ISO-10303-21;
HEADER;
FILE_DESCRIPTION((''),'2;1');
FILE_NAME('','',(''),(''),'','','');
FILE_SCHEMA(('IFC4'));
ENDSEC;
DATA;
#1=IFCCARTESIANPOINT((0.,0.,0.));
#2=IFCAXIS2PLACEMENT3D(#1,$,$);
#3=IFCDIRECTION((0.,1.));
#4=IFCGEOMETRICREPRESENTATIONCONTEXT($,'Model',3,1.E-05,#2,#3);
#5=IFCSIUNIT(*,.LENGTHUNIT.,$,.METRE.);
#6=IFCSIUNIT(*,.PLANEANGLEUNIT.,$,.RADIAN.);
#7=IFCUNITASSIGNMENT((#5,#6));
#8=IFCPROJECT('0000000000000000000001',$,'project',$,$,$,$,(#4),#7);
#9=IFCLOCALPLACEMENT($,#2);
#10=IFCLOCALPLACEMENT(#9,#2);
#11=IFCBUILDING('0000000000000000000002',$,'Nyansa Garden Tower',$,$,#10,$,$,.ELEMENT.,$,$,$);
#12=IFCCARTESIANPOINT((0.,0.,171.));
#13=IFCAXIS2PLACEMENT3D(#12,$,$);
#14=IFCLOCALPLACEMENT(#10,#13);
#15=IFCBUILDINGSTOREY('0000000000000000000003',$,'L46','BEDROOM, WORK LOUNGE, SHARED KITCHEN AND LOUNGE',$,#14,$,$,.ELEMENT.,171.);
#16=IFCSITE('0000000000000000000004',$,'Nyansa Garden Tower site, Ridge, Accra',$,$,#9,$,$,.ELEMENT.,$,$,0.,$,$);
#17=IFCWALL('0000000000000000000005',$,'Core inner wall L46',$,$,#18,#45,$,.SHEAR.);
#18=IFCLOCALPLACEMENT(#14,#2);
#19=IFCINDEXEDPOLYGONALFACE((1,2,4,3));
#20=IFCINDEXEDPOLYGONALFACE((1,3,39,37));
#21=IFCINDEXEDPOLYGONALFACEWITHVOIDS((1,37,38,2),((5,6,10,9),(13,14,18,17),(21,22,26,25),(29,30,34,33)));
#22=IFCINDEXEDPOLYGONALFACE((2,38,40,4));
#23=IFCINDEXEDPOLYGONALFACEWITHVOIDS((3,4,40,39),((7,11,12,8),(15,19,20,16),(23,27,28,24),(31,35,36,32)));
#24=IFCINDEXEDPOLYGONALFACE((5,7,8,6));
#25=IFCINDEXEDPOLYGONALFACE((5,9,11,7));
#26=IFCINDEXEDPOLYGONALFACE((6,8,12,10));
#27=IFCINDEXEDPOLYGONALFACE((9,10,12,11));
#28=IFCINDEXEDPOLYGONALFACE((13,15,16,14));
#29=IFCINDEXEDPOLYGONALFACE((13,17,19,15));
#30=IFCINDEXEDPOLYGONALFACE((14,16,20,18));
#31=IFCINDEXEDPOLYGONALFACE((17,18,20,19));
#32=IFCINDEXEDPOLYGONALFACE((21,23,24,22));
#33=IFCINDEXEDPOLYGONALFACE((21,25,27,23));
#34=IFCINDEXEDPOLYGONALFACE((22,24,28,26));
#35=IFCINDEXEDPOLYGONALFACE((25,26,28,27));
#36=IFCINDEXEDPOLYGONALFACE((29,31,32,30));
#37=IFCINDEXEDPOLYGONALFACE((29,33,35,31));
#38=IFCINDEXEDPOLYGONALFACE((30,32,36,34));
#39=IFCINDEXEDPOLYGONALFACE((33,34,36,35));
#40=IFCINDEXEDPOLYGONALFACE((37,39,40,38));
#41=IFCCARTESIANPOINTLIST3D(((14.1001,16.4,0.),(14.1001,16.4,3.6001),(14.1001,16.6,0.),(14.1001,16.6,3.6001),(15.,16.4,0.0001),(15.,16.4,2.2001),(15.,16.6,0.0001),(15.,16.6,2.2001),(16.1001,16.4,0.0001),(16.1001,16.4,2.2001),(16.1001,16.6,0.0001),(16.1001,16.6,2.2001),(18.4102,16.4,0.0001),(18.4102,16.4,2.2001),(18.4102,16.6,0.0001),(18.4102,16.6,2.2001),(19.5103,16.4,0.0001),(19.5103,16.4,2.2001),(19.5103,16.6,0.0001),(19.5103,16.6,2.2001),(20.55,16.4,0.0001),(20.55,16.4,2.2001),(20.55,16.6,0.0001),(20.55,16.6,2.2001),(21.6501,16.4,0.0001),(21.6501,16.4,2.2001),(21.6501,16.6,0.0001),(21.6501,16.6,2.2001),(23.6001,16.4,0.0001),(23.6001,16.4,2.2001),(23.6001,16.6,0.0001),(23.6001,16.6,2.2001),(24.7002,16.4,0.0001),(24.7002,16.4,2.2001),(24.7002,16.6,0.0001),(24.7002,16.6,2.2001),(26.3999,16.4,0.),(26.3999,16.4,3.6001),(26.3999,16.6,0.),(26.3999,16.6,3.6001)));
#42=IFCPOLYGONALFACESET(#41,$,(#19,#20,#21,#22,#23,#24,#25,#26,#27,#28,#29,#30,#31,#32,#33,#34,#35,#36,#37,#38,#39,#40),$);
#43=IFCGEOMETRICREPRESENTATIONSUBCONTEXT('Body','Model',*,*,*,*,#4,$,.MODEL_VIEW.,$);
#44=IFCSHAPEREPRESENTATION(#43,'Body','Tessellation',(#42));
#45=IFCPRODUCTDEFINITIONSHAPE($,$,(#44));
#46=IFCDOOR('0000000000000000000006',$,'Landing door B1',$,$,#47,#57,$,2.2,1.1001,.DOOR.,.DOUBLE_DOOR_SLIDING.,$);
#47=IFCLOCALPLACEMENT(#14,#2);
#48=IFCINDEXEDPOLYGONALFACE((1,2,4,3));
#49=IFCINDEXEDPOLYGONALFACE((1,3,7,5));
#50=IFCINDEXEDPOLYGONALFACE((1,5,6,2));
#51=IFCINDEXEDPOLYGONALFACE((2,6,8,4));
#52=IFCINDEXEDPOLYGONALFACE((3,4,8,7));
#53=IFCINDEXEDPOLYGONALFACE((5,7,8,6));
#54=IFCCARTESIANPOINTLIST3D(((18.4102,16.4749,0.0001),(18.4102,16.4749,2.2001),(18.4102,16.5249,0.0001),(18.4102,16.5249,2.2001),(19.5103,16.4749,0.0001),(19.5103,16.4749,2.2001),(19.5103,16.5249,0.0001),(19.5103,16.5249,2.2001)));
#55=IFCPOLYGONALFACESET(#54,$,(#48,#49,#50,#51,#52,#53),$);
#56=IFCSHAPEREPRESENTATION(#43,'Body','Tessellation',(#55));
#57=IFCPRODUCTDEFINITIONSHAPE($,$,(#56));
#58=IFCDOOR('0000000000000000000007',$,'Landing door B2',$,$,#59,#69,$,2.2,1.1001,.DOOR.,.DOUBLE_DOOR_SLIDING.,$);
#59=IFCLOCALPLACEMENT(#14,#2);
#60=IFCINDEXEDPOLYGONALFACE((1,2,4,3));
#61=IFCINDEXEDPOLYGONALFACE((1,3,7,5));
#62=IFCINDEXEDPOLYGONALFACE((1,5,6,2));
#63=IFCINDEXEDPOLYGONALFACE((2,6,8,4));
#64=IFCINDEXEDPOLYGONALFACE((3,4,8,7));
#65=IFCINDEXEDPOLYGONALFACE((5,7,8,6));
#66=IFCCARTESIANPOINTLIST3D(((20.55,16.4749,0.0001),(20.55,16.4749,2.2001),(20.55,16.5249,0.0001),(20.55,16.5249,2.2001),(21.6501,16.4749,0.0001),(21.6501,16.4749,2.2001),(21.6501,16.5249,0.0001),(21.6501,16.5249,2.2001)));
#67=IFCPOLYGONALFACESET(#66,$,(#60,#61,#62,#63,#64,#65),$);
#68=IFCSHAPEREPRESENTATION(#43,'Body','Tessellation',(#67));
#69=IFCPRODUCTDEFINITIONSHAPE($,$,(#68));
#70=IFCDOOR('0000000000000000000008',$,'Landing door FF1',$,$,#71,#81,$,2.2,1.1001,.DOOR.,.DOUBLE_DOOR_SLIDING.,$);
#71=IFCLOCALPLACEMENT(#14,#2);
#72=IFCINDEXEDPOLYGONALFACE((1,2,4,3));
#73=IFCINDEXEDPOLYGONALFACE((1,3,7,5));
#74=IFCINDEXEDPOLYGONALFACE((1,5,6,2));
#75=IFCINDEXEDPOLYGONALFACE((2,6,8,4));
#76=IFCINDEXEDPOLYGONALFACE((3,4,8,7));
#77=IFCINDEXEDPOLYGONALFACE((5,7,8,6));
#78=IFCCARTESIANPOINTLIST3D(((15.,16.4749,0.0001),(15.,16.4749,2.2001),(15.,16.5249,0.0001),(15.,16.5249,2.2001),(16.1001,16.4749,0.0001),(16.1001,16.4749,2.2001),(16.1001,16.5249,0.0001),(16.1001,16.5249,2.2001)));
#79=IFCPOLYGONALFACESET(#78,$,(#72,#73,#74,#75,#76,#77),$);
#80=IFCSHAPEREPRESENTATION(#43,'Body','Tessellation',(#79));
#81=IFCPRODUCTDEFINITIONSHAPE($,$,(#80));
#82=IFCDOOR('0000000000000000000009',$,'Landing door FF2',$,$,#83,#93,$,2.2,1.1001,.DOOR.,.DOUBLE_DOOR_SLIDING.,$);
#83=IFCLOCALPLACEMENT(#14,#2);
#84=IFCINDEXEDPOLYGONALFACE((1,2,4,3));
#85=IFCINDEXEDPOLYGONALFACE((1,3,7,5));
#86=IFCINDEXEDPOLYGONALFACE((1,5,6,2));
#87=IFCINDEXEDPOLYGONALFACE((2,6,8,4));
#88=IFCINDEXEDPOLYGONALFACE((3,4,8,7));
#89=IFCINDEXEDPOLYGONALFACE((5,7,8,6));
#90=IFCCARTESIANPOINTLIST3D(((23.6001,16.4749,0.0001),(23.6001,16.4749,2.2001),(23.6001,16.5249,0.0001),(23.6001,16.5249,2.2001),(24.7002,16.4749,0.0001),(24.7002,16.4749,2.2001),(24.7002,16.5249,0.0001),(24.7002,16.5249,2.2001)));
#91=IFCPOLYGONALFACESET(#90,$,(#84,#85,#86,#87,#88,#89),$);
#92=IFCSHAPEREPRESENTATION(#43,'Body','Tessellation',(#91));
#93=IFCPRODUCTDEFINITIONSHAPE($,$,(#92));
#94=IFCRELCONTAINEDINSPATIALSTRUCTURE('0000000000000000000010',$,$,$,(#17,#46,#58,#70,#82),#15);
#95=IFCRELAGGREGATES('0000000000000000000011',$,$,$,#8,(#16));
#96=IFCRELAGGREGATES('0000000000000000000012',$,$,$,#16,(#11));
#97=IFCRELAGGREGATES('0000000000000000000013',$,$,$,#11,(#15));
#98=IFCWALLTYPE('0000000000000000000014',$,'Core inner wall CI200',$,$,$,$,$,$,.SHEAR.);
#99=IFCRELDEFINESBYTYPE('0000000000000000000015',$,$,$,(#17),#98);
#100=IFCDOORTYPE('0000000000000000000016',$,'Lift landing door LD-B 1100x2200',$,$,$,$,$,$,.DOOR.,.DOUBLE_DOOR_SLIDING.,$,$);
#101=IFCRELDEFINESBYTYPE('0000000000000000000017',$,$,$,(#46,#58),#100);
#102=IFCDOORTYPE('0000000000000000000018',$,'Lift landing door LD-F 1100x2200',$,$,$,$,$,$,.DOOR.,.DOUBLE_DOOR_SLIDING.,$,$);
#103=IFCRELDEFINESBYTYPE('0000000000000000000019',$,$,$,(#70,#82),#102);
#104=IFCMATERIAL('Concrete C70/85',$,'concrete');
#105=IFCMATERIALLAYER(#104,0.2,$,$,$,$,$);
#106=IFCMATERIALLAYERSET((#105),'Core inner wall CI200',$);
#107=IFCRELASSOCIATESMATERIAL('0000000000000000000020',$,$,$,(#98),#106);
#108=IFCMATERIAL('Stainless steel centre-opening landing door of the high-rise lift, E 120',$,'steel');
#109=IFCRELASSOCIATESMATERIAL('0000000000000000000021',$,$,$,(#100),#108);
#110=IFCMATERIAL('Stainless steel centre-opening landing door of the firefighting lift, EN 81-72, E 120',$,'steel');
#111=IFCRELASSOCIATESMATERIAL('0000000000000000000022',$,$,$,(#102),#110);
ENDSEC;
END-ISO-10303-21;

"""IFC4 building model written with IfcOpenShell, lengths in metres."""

from ifc_helpers import new_model, si_unit, direction, frame, frame_2d, origin, place, context, subcontext, project, spatial, rectangle, extrude, material, layer, layer_set, type_object, element, fill, save


model = new_model("IFC4")

# Units and contexts
model_context = context("Model", 3, precision=1e-05, world=origin(), true_north=direction((0.0, 1.0)))
body_context = subcontext(model_context, "Body", "Model", "MODEL_VIEW")
ifc_project = project(units=[si_unit("LENGTHUNIT", "METRE"), si_unit("PLANEANGLEUNIT", "RADIAN")], contexts=[model_context])

# Site, building, storey
site_placement = place(None, origin())
site = spatial("IfcSite", under=ifc_project, at=site_placement, Name="Nyansa Garden Tower site, Ridge, Accra", CompositionType="ELEMENT", RefElevation=0.0)
building_placement = place(site_placement, origin())
building = spatial("IfcBuilding", under=site, at=building_placement, Name="Nyansa Garden Tower", CompositionType="ELEMENT")
storey_placement = place(building_placement, frame((0.0, 0.0, 171.0)))
storey = spatial("IfcBuildingStorey", under=building, at=storey_placement, Name="L46", Description="BEDROOM, WORK LOUNGE, SHARED KITCHEN AND LOUNGE", CompositionType="ELEMENT", Elevation=171.0)

# Wall, openings, doors
ifc_material_1 = material(Name="Concrete C70/85", Category="concrete")
ifc_layer_1 = layer(ifc_material_1, 0.2)
ifc_layer_set_1 = layer_set([ifc_layer_1], Name="Core inner wall CI200")
wall_type_1 = type_object("IfcWallType", Name="Core inner wall CI200", PredefinedType="SHEAR", material=ifc_layer_set_1)
wall_1_placement = place(storey_placement, frame((14.1001, 16.5, 0.0), z_axis=(0.0, 0.0, 1.0), x_axis=(1.0, 0.0, 0.0)))
wall_1 = element("IfcWall", 1, at=wall_1_placement, inside=storey, type_object=wall_type_1, Name="Core inner wall L46", PredefinedType="SHEAR", context=body_context, shape_type="SweptSolid", body=[
    extrude(rectangle(XDim=12.2998, YDim=0.2, at=frame_2d((6.1499, 0.0))), origin(), (0.0, 0.0, 1.0), 3.6001),
])
opening_1_placement = place(wall_1_placement, frame((0.8999, 0.0, 0.0)))
opening_1 = element("IfcOpeningElement", 2, at=opening_1_placement, cuts=wall_1, PredefinedType="OPENING", context=body_context, shape_type="SweptSolid", body=[
    extrude(rectangle(XDim=1.1001, YDim=2.2, at=frame_2d((0.55, 1.1001))), frame((0.0, 0.1099, 0.0), z_axis=(0.0, -1.0, 0.0), x_axis=(1.0, 0.0, 0.0)), (0.0, 0.0, 1.0), 0.22),
])
opening_2_placement = place(wall_1_placement, frame((4.3101, 0.0, 0.0)))
opening_2 = element("IfcOpeningElement", 3, at=opening_2_placement, cuts=wall_1, PredefinedType="OPENING", context=body_context, shape_type="SweptSolid", body=[
    extrude(rectangle(XDim=1.1001, YDim=2.2, at=frame_2d((0.55, 1.1001))), frame((0.0, 0.1099, 0.0), z_axis=(0.0, -1.0, 0.0), x_axis=(1.0, 0.0, 0.0)), (0.0, 0.0, 1.0), 0.22),
])
opening_3_placement = place(wall_1_placement, frame((6.45, 0.0, 0.0)))
opening_3 = element("IfcOpeningElement", 4, at=opening_3_placement, cuts=wall_1, PredefinedType="OPENING", context=body_context, shape_type="SweptSolid", body=[
    extrude(rectangle(XDim=1.1001, YDim=2.2, at=frame_2d((0.55, 1.1001))), frame((0.0, 0.1099, 0.0), z_axis=(0.0, -1.0, 0.0), x_axis=(1.0, 0.0, 0.0)), (0.0, 0.0, 1.0), 0.22),
])
opening_4_placement = place(wall_1_placement, frame((9.5, 0.0, 0.0)))
opening_4 = element("IfcOpeningElement", 5, at=opening_4_placement, cuts=wall_1, PredefinedType="OPENING", context=body_context, shape_type="SweptSolid", body=[
    extrude(rectangle(XDim=1.1001, YDim=2.2, at=frame_2d((0.55, 1.1001))), frame((0.0, 0.1099, 0.0), z_axis=(0.0, -1.0, 0.0), x_axis=(1.0, 0.0, 0.0)), (0.0, 0.0, 1.0), 0.22),
])
ifc_material_2 = material(Name="Stainless steel centre-opening landing door of the high-rise lift, E 120", Category="steel")
door_type_1 = type_object("IfcDoorType", Name="Lift landing door LD-B 1100x2200", OperationType="DOUBLE_DOOR_SLIDING", PredefinedType="DOOR", material=ifc_material_2)
door_1_placement = place(opening_2_placement, origin())
door_1 = element("IfcDoor", 6, at=door_1_placement, inside=storey, type_object=door_type_1, Name="Landing door B1", OperationType="DOUBLE_DOOR_SLIDING", OverallHeight=2.2, OverallWidth=1.1001, PredefinedType="DOOR", context=body_context, shape_type="SweptSolid", body=[
    extrude(rectangle(XDim=1.1001, YDim=2.2, at=frame_2d((0.55, 1.1001))), frame((0.0, 0.0249, 0.0), z_axis=(0.0, -1.0, 0.0), x_axis=(1.0, 0.0, 0.0)), (0.0, 0.0, 1.0), 0.05),
])
fill(opening_2, door_1)
door_2_placement = place(opening_3_placement, origin())
door_2 = element("IfcDoor", 7, at=door_2_placement, inside=storey, type_object=door_type_1, Name="Landing door B2", OperationType="DOUBLE_DOOR_SLIDING", OverallHeight=2.2, OverallWidth=1.1001, PredefinedType="DOOR", context=body_context, shape_type="SweptSolid", body=[
    extrude(rectangle(XDim=1.1001, YDim=2.2, at=frame_2d((0.55, 1.1001))), frame((0.0, 0.0249, 0.0), z_axis=(0.0, -1.0, 0.0), x_axis=(1.0, 0.0, 0.0)), (0.0, 0.0, 1.0), 0.05),
])
fill(opening_3, door_2)
ifc_material_3 = material(Name="Stainless steel centre-opening landing door of the firefighting lift, EN 81-72, E 120", Category="steel")
door_type_2 = type_object("IfcDoorType", Name="Lift landing door LD-F 1100x2200", OperationType="DOUBLE_DOOR_SLIDING", PredefinedType="DOOR", material=ifc_material_3)
door_3_placement = place(opening_1_placement, origin())
door_3 = element("IfcDoor", 8, at=door_3_placement, inside=storey, type_object=door_type_2, Name="Landing door FF1", OperationType="DOUBLE_DOOR_SLIDING", OverallHeight=2.2, OverallWidth=1.1001, PredefinedType="DOOR", context=body_context, shape_type="SweptSolid", body=[
    extrude(rectangle(XDim=1.1001, YDim=2.2, at=frame_2d((0.55, 1.1001))), frame((0.0, 0.0249, 0.0), z_axis=(0.0, -1.0, 0.0), x_axis=(1.0, 0.0, 0.0)), (0.0, 0.0, 1.0), 0.05),
])
fill(opening_1, door_3)
door_4_placement = place(opening_4_placement, origin())
door_4 = element("IfcDoor", 9, at=door_4_placement, inside=storey, type_object=door_type_2, Name="Landing door FF2", OperationType="DOUBLE_DOOR_SLIDING", OverallHeight=2.2, OverallWidth=1.1001, PredefinedType="DOOR", context=body_context, shape_type="SweptSolid", body=[
    extrude(rectangle(XDim=1.1001, YDim=2.2, at=frame_2d((0.55, 1.1001))), frame((0.0, 0.0249, 0.0), z_axis=(0.0, -1.0, 0.0), x_axis=(1.0, 0.0, 0.0)), (0.0, 0.0, 1.0), 0.05),
])
fill(opening_4, door_4)

save(model, "model.ifc")
